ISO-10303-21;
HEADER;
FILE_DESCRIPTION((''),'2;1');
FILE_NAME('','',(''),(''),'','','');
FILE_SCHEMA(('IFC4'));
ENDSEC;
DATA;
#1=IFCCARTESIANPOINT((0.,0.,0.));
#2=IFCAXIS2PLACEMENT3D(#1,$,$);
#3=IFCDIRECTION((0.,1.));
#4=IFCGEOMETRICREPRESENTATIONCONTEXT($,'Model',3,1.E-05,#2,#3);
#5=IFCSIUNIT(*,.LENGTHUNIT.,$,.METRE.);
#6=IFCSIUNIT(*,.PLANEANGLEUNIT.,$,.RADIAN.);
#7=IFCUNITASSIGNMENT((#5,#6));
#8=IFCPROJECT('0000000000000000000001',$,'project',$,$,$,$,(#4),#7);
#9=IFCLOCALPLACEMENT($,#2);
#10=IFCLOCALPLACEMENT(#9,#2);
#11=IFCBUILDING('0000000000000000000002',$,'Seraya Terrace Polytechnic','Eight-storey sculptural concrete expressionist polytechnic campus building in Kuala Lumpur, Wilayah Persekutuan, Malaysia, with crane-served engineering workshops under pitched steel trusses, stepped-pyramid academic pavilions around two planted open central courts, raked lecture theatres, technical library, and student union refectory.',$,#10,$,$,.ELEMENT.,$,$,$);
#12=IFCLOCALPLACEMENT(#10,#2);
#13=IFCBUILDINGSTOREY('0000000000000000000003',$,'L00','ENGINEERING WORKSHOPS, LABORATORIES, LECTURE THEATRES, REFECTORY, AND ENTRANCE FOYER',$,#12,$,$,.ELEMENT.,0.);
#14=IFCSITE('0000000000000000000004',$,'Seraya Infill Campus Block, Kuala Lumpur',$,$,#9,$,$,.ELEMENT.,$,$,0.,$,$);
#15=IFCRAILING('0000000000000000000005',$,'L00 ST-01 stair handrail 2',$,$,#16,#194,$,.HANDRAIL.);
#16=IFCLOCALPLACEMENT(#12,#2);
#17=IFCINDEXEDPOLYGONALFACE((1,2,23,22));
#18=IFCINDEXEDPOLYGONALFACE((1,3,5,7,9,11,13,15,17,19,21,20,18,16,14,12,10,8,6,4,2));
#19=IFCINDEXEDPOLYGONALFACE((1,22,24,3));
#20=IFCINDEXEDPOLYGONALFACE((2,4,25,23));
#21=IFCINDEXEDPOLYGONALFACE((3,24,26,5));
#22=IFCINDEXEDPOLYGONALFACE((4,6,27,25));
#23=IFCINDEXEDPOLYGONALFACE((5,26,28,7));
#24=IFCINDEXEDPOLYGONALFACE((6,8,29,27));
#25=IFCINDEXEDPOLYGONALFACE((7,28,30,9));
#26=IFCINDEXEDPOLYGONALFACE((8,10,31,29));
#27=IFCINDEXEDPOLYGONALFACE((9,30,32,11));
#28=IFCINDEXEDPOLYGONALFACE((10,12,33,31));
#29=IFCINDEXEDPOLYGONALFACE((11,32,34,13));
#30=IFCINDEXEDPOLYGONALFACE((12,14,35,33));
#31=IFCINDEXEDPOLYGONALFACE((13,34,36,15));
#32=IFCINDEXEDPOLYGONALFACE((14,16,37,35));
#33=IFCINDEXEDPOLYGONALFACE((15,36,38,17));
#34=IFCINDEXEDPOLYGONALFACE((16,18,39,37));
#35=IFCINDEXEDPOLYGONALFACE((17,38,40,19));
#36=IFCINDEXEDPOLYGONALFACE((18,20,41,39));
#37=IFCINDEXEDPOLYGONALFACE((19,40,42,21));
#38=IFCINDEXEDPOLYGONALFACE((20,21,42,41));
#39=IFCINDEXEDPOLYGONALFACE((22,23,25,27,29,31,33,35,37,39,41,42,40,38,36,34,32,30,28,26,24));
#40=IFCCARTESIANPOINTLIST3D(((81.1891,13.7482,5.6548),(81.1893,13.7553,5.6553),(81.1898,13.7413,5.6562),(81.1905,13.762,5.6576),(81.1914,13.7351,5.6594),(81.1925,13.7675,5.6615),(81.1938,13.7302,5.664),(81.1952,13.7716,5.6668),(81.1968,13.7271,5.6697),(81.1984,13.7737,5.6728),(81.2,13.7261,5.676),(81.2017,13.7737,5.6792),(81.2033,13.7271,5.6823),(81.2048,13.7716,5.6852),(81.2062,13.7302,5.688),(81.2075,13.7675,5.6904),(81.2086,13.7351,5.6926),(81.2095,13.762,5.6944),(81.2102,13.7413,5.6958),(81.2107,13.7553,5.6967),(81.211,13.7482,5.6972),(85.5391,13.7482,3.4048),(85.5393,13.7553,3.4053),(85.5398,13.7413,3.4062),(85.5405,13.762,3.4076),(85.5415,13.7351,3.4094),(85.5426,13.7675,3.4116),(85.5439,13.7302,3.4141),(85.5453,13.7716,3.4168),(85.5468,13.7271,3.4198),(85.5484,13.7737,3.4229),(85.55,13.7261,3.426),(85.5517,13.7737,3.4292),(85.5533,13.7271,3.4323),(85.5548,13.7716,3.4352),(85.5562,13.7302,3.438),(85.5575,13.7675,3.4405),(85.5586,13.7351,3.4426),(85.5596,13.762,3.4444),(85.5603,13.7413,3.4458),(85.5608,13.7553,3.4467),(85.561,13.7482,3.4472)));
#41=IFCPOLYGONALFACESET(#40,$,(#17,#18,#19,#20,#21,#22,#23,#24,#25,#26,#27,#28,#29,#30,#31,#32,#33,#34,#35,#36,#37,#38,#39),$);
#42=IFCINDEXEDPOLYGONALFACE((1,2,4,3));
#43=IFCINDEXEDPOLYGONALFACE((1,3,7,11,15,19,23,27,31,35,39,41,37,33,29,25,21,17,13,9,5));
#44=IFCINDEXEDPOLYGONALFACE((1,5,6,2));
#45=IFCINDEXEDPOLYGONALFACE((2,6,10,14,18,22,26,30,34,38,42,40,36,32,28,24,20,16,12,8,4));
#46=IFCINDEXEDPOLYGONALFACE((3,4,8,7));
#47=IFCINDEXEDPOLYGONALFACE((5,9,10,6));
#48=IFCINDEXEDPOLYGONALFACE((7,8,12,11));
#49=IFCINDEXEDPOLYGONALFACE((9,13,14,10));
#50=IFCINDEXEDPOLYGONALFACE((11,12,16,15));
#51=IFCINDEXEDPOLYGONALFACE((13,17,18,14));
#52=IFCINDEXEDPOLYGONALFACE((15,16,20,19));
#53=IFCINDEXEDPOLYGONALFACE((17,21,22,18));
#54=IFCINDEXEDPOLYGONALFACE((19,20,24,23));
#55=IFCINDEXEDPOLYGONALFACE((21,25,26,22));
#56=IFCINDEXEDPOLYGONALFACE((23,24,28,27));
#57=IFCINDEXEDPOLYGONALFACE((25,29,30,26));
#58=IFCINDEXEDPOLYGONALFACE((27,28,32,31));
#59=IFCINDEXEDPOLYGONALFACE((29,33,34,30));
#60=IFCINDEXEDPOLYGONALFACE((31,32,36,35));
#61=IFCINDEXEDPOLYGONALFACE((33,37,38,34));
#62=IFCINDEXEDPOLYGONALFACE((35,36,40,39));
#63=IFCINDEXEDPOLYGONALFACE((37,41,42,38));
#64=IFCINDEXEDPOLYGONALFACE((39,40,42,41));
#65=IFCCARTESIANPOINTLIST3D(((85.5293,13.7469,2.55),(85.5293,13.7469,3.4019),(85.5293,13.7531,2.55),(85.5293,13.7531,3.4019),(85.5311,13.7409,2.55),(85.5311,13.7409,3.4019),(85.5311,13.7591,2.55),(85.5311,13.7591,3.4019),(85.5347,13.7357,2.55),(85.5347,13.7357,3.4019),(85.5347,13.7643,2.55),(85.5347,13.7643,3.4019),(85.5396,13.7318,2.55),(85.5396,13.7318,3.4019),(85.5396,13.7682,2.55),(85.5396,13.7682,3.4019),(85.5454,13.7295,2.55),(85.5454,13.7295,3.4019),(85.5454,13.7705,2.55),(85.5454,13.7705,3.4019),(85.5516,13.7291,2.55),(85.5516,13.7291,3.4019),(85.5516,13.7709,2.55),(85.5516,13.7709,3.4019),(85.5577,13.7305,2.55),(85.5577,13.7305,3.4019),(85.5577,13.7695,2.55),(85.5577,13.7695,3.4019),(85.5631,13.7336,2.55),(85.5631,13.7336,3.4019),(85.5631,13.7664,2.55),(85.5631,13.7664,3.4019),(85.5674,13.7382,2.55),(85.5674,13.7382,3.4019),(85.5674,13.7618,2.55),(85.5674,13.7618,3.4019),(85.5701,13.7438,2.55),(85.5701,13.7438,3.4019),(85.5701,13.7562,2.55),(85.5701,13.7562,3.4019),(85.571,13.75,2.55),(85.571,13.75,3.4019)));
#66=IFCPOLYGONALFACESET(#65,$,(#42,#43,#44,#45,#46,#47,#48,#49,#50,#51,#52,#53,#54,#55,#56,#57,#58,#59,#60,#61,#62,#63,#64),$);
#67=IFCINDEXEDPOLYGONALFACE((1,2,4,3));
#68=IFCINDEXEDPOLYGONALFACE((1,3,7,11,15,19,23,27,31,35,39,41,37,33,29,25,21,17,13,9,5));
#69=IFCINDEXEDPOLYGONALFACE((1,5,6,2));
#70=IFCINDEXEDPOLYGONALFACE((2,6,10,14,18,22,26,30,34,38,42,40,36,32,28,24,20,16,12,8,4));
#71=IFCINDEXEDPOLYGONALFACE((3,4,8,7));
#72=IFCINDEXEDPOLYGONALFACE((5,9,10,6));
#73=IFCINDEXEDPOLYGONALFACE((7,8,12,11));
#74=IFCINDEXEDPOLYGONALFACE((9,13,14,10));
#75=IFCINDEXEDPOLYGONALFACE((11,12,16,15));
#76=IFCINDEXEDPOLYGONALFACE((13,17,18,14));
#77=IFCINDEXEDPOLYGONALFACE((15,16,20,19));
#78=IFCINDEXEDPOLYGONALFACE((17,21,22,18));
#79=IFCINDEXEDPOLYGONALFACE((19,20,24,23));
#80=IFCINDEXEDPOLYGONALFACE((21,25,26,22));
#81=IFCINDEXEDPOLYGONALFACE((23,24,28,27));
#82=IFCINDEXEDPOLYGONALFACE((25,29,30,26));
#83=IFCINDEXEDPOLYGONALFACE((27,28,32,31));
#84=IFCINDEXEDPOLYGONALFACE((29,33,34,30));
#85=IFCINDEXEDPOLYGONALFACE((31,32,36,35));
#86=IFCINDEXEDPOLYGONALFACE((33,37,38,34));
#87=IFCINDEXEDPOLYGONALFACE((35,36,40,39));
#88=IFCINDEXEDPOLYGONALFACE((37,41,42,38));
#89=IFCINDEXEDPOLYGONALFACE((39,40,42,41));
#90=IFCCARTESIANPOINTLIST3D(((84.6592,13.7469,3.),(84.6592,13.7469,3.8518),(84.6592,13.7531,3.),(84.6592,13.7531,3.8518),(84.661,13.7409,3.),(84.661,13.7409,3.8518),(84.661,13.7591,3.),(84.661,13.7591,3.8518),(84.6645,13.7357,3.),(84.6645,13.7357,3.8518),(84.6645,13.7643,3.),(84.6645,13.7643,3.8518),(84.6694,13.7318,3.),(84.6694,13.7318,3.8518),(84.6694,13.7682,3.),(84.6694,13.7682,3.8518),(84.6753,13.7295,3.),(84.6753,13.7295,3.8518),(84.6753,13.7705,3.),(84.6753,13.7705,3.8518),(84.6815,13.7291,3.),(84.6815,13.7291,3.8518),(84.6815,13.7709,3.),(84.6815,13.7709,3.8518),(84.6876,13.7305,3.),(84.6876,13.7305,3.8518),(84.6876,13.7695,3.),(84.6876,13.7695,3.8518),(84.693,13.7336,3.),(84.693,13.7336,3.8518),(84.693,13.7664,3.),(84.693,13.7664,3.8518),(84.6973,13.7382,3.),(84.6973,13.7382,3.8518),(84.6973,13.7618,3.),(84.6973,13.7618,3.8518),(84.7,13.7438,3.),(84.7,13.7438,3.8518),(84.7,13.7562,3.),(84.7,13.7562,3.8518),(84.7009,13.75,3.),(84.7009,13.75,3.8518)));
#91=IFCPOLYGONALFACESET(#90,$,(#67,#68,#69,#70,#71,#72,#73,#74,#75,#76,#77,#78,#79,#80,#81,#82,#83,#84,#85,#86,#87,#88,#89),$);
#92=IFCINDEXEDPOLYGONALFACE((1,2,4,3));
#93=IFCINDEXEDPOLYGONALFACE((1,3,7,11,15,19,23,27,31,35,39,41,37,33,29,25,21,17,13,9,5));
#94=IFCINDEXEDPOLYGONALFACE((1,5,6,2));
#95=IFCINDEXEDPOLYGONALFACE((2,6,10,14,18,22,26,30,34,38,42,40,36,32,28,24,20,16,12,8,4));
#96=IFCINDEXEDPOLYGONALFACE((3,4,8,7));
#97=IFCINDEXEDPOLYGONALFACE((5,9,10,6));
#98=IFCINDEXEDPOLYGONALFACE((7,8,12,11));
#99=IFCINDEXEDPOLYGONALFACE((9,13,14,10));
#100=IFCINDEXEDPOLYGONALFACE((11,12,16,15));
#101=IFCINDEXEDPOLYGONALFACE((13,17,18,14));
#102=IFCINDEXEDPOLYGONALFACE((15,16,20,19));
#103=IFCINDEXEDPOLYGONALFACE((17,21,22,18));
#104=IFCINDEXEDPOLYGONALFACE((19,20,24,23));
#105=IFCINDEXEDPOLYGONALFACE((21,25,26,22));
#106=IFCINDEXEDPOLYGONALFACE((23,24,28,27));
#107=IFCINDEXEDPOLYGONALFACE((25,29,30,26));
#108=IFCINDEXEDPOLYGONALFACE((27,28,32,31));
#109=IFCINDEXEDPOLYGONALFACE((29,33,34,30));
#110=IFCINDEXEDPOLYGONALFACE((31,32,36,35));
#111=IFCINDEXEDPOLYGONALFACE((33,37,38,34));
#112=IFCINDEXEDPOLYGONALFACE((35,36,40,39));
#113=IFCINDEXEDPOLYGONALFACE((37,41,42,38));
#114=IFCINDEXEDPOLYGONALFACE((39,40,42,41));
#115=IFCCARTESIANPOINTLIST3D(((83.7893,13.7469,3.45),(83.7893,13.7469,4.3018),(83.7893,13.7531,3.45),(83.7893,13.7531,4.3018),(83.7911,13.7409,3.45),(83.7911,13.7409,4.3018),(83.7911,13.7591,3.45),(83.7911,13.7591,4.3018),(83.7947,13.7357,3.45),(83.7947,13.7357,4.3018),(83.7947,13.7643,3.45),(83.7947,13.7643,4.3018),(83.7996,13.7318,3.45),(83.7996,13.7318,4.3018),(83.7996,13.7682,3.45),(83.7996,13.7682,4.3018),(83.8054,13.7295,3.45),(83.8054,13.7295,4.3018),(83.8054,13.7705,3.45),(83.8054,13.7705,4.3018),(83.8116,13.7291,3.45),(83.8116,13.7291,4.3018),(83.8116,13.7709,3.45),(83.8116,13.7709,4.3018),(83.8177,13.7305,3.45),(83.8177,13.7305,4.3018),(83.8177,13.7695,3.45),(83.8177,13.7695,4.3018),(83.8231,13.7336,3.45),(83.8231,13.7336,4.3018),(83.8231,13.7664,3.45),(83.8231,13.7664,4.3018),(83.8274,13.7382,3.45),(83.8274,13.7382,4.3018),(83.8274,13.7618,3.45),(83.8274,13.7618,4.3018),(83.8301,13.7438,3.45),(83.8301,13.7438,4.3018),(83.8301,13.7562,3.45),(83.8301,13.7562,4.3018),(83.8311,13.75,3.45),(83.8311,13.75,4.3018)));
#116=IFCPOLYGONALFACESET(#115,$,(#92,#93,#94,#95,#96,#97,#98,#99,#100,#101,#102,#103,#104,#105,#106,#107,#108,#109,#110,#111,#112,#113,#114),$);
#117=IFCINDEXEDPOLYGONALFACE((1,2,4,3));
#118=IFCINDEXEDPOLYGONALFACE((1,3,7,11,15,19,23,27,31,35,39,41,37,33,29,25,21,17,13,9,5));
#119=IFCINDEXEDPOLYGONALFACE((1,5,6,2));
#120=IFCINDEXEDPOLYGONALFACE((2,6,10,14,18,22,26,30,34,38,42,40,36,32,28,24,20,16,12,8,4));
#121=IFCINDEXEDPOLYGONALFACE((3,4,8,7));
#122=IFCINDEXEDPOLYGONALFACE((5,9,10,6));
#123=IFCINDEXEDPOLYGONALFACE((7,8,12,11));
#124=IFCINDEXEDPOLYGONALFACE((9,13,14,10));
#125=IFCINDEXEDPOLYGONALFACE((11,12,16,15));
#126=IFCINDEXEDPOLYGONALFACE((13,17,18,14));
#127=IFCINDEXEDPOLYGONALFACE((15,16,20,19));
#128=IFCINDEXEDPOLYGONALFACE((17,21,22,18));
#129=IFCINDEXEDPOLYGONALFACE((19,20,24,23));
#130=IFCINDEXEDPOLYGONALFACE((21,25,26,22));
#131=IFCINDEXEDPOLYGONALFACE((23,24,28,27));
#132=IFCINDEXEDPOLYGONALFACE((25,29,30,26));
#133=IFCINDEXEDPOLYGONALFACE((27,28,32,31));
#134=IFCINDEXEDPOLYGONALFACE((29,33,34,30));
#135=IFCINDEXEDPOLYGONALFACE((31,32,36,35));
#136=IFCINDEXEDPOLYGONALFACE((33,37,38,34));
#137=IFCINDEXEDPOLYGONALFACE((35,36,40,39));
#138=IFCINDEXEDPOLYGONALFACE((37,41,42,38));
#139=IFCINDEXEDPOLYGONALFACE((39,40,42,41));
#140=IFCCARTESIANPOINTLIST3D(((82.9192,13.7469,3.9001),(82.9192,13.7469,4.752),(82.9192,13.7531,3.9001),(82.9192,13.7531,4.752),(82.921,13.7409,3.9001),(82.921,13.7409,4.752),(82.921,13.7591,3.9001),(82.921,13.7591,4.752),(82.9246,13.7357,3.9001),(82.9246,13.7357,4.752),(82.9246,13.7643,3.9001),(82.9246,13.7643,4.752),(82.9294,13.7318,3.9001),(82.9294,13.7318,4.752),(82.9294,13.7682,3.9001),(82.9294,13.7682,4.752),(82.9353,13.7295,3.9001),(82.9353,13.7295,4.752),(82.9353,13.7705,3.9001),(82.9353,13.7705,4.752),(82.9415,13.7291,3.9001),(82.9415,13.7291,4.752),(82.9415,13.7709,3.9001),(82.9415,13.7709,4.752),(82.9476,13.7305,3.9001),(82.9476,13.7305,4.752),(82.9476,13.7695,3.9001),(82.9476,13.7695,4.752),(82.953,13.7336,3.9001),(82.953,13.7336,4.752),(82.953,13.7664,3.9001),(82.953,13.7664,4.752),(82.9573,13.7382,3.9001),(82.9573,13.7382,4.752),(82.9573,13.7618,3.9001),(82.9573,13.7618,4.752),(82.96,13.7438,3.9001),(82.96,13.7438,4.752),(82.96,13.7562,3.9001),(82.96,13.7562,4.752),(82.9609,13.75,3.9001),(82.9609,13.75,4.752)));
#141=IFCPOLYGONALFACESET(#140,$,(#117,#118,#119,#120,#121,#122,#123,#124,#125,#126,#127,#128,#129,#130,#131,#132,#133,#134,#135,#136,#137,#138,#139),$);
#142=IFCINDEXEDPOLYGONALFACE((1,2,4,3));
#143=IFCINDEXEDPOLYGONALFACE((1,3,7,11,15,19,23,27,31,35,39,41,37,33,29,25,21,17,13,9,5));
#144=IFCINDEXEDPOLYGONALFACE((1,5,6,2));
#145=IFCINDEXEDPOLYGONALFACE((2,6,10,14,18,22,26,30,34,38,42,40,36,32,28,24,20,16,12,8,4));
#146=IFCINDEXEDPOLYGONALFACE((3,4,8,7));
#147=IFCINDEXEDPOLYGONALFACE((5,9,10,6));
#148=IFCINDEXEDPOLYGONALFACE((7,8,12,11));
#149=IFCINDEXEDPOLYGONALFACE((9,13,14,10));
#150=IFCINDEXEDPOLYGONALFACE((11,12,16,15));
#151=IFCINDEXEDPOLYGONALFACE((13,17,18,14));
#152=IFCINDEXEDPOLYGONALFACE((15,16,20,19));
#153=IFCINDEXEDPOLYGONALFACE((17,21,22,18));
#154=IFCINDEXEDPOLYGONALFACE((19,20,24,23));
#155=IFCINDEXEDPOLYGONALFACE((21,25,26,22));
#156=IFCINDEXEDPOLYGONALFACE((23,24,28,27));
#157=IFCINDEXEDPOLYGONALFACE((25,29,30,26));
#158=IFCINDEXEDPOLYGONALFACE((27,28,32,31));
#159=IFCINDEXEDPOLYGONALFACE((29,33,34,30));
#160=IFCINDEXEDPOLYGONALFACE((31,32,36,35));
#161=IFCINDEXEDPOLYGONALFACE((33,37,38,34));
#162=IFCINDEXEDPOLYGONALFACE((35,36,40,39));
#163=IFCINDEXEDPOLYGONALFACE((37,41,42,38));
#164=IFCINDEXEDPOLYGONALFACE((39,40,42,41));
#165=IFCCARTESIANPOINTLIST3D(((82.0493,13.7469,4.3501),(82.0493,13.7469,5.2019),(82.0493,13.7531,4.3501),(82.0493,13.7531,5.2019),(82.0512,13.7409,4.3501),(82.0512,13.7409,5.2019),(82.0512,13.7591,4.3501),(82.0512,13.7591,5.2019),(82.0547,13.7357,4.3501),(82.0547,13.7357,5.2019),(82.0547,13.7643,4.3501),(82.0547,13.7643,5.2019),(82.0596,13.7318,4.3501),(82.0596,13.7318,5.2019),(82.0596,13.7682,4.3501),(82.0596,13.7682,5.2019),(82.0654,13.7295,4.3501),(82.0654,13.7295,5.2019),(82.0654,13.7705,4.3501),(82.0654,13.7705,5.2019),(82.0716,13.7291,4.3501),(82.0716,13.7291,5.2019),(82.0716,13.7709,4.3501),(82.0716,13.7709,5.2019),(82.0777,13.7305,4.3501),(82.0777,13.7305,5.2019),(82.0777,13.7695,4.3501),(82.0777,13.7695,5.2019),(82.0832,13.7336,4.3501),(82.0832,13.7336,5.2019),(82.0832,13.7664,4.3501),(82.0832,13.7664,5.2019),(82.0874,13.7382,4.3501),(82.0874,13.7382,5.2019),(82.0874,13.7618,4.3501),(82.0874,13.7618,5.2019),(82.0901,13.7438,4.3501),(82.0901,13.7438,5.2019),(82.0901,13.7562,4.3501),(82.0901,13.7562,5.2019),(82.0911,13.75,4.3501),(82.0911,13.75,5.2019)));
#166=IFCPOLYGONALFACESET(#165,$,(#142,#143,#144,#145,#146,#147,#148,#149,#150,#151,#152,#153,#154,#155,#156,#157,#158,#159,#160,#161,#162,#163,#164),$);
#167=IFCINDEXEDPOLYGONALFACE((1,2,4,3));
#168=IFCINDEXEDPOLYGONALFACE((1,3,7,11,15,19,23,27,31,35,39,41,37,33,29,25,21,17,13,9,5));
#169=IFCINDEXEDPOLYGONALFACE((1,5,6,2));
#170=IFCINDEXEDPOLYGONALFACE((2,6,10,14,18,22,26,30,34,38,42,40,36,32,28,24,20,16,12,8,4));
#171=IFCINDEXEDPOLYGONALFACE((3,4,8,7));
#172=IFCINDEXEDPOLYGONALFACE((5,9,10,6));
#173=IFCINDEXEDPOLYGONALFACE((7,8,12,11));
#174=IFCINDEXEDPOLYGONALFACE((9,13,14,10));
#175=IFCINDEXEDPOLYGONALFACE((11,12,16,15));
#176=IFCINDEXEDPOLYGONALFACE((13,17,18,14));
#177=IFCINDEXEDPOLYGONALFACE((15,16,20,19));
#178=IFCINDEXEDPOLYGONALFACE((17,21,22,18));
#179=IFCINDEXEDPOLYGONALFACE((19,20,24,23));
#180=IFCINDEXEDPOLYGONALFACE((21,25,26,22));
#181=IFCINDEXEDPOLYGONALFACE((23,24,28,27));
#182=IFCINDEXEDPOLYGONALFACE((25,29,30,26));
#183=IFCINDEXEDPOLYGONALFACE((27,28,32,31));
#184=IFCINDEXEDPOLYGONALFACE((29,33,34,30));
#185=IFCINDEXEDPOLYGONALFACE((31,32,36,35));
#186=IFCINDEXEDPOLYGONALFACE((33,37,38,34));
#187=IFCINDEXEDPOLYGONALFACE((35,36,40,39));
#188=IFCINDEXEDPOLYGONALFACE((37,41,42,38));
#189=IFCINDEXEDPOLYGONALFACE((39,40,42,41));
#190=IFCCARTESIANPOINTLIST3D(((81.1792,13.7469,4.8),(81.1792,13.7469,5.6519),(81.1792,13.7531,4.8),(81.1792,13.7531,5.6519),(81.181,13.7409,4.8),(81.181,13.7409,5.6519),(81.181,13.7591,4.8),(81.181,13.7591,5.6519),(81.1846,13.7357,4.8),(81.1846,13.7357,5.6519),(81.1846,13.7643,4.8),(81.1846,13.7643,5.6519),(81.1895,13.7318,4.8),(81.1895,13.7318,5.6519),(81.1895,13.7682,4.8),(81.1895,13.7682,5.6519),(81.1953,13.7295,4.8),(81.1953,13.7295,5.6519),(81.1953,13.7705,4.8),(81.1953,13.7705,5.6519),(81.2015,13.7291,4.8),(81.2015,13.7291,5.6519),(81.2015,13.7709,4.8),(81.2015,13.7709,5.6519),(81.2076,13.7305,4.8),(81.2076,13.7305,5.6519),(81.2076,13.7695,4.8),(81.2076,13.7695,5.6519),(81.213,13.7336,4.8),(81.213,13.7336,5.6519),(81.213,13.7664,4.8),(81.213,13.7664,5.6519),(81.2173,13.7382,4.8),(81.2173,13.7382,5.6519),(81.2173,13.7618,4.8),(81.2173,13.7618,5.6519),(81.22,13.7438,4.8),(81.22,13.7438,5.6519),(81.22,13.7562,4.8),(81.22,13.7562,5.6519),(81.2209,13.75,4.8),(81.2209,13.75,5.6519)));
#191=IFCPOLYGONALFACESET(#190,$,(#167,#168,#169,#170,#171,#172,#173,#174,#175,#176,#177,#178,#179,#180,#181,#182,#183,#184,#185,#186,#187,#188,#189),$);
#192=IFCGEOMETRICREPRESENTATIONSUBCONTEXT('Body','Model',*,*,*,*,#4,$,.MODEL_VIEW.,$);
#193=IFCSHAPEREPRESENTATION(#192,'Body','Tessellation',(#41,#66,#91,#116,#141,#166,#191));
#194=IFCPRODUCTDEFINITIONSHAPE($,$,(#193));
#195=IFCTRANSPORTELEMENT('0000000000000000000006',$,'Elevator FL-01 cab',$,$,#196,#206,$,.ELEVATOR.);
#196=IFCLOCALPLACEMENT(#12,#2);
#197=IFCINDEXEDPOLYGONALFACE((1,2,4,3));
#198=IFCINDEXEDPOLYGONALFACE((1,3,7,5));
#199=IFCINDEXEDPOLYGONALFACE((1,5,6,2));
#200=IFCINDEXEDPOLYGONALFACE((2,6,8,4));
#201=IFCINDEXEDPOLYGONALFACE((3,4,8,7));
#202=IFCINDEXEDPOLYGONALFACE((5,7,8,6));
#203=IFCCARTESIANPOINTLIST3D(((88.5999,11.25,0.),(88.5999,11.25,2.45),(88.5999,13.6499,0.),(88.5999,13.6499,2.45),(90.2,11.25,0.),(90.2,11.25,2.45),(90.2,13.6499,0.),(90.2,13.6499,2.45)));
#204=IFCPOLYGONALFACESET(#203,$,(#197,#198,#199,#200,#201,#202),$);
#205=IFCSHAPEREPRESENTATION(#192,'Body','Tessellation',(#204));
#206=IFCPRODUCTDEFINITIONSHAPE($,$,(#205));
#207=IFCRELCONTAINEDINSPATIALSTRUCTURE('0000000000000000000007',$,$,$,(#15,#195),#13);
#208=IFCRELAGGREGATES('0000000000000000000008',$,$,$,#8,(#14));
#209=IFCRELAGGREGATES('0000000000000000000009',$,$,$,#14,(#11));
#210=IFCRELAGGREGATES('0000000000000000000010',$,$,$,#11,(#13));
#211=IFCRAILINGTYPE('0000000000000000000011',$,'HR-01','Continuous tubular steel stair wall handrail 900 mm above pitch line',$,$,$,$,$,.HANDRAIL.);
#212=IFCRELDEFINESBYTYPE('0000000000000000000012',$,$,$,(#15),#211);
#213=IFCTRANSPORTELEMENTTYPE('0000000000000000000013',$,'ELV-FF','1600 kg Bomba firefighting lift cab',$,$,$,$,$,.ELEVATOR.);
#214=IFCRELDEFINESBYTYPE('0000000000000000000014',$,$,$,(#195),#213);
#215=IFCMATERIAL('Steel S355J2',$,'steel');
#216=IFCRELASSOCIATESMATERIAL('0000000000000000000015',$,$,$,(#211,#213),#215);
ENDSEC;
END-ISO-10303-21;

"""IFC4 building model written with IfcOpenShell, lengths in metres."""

from ifc_helpers import new_model, si_unit, direction, frame, origin, origin_2d, place, context, subcontext, project, spatial, rectangle, circle, extrude, material, type_object, element, save


model = new_model("IFC4")

# Units and contexts
model_context = context("Model", 3, precision=1e-05, world=origin(), true_north=direction((0.0, 1.0)))
body_context = subcontext(model_context, "Body", "Model", "MODEL_VIEW")
ifc_project = project(units=[si_unit("LENGTHUNIT", "METRE"), si_unit("PLANEANGLEUNIT", "RADIAN")], contexts=[model_context])

# Site, building, storey
site_placement = place(None, origin())
site = spatial("IfcSite", under=ifc_project, at=site_placement, Name="Seraya Infill Campus Block, Kuala Lumpur", CompositionType="ELEMENT", RefElevation=0.0)
building_placement = place(site_placement, origin())
building = spatial("IfcBuilding", under=site, at=building_placement, Name="Seraya Terrace Polytechnic", Description="Eight-storey sculptural concrete expressionist polytechnic campus building in Kuala Lumpur, Wilayah Persekutuan, Malaysia, with crane-served engineering workshops under pitched steel trusses, stepped-pyramid academic pavilions around two planted open central courts, raked lecture theatres, technical library, and student union refectory.", CompositionType="ELEMENT")
storey_placement = place(building_placement, origin())
storey = spatial("IfcBuildingStorey", under=building, at=storey_placement, Name="L00", Description="ENGINEERING WORKSHOPS, LABORATORIES, LECTURE THEATRES, REFECTORY, AND ENTRANCE FOYER", CompositionType="ELEMENT", Elevation=0.0)

# Shared definitions
ifc_material_1 = material(Name="Steel S355J2", Category="steel")

# Railing
railing_type_1 = type_object("IfcRailingType", Name="HR-01", Description="Continuous tubular steel stair wall handrail 900 mm above pitch line", PredefinedType="HANDRAIL", material=ifc_material_1)
railing_1_placement = place(storey_placement, frame((85.55, 13.75, 2.55)))
element("IfcRailing", 1, at=railing_1_placement, inside=storey, type_object=railing_type_1, Name="L00 ST-01 stair handrail 2", PredefinedType="HANDRAIL", context=body_context, shape_type="SweptSolid", body=[
    extrude(circle(Radius=0.0239, at=origin_2d()), frame((0.0, 0.0, 0.876), z_axis=(-0.888222, 0.0, 0.459415), x_axis=(0.0, -1.0, 0.0)), (0.0, 0.0, 1.0), 4.8975),
    extrude(circle(Radius=0.021, at=origin_2d()), origin(), (0.0, 0.0, 1.0), 0.8518),
    extrude(circle(Radius=0.021, at=origin_2d()), frame((-0.8701, 0.0, 0.45)), (0.0, 0.0, 1.0), 0.8518),
    extrude(circle(Radius=0.021, at=origin_2d()), frame((-1.74, 0.0, 0.8999)), (0.0, 0.0, 1.0), 0.8518),
    extrude(circle(Radius=0.021, at=origin_2d()), frame((-2.6101, 0.0, 1.3501)), (0.0, 0.0, 1.0), 0.8518),
    extrude(circle(Radius=0.021, at=origin_2d()), frame((-3.48, 0.0, 1.8)), (0.0, 0.0, 1.0), 0.8518),
    extrude(circle(Radius=0.021, at=origin_2d()), frame((-4.3501, 0.0, 2.25)), (0.0, 0.0, 1.0), 0.8518),
])

# Transport element
transport_element_type_1 = type_object("IfcTransportElementType", Name="ELV-FF", Description="1600 kg Bomba firefighting lift cab", PredefinedType="ELEVATOR", material=ifc_material_1)
transport_element_1_placement = place(storey_placement, frame((89.3999, 12.45, 0.0), z_axis=(0.0, 0.0, 1.0), x_axis=(1.0, 0.0, 0.0)))
element("IfcTransportElement", 2, at=transport_element_1_placement, inside=storey, type_object=transport_element_type_1, Name="Elevator FL-01 cab", PredefinedType="ELEVATOR", context=body_context, shape_type="SweptSolid", body=[
    extrude(rectangle(XDim=1.6001, YDim=2.3999, at=origin_2d()), origin(), (0.0, 0.0, 1.0), 2.45),
])

save(model, "model.ifc")
